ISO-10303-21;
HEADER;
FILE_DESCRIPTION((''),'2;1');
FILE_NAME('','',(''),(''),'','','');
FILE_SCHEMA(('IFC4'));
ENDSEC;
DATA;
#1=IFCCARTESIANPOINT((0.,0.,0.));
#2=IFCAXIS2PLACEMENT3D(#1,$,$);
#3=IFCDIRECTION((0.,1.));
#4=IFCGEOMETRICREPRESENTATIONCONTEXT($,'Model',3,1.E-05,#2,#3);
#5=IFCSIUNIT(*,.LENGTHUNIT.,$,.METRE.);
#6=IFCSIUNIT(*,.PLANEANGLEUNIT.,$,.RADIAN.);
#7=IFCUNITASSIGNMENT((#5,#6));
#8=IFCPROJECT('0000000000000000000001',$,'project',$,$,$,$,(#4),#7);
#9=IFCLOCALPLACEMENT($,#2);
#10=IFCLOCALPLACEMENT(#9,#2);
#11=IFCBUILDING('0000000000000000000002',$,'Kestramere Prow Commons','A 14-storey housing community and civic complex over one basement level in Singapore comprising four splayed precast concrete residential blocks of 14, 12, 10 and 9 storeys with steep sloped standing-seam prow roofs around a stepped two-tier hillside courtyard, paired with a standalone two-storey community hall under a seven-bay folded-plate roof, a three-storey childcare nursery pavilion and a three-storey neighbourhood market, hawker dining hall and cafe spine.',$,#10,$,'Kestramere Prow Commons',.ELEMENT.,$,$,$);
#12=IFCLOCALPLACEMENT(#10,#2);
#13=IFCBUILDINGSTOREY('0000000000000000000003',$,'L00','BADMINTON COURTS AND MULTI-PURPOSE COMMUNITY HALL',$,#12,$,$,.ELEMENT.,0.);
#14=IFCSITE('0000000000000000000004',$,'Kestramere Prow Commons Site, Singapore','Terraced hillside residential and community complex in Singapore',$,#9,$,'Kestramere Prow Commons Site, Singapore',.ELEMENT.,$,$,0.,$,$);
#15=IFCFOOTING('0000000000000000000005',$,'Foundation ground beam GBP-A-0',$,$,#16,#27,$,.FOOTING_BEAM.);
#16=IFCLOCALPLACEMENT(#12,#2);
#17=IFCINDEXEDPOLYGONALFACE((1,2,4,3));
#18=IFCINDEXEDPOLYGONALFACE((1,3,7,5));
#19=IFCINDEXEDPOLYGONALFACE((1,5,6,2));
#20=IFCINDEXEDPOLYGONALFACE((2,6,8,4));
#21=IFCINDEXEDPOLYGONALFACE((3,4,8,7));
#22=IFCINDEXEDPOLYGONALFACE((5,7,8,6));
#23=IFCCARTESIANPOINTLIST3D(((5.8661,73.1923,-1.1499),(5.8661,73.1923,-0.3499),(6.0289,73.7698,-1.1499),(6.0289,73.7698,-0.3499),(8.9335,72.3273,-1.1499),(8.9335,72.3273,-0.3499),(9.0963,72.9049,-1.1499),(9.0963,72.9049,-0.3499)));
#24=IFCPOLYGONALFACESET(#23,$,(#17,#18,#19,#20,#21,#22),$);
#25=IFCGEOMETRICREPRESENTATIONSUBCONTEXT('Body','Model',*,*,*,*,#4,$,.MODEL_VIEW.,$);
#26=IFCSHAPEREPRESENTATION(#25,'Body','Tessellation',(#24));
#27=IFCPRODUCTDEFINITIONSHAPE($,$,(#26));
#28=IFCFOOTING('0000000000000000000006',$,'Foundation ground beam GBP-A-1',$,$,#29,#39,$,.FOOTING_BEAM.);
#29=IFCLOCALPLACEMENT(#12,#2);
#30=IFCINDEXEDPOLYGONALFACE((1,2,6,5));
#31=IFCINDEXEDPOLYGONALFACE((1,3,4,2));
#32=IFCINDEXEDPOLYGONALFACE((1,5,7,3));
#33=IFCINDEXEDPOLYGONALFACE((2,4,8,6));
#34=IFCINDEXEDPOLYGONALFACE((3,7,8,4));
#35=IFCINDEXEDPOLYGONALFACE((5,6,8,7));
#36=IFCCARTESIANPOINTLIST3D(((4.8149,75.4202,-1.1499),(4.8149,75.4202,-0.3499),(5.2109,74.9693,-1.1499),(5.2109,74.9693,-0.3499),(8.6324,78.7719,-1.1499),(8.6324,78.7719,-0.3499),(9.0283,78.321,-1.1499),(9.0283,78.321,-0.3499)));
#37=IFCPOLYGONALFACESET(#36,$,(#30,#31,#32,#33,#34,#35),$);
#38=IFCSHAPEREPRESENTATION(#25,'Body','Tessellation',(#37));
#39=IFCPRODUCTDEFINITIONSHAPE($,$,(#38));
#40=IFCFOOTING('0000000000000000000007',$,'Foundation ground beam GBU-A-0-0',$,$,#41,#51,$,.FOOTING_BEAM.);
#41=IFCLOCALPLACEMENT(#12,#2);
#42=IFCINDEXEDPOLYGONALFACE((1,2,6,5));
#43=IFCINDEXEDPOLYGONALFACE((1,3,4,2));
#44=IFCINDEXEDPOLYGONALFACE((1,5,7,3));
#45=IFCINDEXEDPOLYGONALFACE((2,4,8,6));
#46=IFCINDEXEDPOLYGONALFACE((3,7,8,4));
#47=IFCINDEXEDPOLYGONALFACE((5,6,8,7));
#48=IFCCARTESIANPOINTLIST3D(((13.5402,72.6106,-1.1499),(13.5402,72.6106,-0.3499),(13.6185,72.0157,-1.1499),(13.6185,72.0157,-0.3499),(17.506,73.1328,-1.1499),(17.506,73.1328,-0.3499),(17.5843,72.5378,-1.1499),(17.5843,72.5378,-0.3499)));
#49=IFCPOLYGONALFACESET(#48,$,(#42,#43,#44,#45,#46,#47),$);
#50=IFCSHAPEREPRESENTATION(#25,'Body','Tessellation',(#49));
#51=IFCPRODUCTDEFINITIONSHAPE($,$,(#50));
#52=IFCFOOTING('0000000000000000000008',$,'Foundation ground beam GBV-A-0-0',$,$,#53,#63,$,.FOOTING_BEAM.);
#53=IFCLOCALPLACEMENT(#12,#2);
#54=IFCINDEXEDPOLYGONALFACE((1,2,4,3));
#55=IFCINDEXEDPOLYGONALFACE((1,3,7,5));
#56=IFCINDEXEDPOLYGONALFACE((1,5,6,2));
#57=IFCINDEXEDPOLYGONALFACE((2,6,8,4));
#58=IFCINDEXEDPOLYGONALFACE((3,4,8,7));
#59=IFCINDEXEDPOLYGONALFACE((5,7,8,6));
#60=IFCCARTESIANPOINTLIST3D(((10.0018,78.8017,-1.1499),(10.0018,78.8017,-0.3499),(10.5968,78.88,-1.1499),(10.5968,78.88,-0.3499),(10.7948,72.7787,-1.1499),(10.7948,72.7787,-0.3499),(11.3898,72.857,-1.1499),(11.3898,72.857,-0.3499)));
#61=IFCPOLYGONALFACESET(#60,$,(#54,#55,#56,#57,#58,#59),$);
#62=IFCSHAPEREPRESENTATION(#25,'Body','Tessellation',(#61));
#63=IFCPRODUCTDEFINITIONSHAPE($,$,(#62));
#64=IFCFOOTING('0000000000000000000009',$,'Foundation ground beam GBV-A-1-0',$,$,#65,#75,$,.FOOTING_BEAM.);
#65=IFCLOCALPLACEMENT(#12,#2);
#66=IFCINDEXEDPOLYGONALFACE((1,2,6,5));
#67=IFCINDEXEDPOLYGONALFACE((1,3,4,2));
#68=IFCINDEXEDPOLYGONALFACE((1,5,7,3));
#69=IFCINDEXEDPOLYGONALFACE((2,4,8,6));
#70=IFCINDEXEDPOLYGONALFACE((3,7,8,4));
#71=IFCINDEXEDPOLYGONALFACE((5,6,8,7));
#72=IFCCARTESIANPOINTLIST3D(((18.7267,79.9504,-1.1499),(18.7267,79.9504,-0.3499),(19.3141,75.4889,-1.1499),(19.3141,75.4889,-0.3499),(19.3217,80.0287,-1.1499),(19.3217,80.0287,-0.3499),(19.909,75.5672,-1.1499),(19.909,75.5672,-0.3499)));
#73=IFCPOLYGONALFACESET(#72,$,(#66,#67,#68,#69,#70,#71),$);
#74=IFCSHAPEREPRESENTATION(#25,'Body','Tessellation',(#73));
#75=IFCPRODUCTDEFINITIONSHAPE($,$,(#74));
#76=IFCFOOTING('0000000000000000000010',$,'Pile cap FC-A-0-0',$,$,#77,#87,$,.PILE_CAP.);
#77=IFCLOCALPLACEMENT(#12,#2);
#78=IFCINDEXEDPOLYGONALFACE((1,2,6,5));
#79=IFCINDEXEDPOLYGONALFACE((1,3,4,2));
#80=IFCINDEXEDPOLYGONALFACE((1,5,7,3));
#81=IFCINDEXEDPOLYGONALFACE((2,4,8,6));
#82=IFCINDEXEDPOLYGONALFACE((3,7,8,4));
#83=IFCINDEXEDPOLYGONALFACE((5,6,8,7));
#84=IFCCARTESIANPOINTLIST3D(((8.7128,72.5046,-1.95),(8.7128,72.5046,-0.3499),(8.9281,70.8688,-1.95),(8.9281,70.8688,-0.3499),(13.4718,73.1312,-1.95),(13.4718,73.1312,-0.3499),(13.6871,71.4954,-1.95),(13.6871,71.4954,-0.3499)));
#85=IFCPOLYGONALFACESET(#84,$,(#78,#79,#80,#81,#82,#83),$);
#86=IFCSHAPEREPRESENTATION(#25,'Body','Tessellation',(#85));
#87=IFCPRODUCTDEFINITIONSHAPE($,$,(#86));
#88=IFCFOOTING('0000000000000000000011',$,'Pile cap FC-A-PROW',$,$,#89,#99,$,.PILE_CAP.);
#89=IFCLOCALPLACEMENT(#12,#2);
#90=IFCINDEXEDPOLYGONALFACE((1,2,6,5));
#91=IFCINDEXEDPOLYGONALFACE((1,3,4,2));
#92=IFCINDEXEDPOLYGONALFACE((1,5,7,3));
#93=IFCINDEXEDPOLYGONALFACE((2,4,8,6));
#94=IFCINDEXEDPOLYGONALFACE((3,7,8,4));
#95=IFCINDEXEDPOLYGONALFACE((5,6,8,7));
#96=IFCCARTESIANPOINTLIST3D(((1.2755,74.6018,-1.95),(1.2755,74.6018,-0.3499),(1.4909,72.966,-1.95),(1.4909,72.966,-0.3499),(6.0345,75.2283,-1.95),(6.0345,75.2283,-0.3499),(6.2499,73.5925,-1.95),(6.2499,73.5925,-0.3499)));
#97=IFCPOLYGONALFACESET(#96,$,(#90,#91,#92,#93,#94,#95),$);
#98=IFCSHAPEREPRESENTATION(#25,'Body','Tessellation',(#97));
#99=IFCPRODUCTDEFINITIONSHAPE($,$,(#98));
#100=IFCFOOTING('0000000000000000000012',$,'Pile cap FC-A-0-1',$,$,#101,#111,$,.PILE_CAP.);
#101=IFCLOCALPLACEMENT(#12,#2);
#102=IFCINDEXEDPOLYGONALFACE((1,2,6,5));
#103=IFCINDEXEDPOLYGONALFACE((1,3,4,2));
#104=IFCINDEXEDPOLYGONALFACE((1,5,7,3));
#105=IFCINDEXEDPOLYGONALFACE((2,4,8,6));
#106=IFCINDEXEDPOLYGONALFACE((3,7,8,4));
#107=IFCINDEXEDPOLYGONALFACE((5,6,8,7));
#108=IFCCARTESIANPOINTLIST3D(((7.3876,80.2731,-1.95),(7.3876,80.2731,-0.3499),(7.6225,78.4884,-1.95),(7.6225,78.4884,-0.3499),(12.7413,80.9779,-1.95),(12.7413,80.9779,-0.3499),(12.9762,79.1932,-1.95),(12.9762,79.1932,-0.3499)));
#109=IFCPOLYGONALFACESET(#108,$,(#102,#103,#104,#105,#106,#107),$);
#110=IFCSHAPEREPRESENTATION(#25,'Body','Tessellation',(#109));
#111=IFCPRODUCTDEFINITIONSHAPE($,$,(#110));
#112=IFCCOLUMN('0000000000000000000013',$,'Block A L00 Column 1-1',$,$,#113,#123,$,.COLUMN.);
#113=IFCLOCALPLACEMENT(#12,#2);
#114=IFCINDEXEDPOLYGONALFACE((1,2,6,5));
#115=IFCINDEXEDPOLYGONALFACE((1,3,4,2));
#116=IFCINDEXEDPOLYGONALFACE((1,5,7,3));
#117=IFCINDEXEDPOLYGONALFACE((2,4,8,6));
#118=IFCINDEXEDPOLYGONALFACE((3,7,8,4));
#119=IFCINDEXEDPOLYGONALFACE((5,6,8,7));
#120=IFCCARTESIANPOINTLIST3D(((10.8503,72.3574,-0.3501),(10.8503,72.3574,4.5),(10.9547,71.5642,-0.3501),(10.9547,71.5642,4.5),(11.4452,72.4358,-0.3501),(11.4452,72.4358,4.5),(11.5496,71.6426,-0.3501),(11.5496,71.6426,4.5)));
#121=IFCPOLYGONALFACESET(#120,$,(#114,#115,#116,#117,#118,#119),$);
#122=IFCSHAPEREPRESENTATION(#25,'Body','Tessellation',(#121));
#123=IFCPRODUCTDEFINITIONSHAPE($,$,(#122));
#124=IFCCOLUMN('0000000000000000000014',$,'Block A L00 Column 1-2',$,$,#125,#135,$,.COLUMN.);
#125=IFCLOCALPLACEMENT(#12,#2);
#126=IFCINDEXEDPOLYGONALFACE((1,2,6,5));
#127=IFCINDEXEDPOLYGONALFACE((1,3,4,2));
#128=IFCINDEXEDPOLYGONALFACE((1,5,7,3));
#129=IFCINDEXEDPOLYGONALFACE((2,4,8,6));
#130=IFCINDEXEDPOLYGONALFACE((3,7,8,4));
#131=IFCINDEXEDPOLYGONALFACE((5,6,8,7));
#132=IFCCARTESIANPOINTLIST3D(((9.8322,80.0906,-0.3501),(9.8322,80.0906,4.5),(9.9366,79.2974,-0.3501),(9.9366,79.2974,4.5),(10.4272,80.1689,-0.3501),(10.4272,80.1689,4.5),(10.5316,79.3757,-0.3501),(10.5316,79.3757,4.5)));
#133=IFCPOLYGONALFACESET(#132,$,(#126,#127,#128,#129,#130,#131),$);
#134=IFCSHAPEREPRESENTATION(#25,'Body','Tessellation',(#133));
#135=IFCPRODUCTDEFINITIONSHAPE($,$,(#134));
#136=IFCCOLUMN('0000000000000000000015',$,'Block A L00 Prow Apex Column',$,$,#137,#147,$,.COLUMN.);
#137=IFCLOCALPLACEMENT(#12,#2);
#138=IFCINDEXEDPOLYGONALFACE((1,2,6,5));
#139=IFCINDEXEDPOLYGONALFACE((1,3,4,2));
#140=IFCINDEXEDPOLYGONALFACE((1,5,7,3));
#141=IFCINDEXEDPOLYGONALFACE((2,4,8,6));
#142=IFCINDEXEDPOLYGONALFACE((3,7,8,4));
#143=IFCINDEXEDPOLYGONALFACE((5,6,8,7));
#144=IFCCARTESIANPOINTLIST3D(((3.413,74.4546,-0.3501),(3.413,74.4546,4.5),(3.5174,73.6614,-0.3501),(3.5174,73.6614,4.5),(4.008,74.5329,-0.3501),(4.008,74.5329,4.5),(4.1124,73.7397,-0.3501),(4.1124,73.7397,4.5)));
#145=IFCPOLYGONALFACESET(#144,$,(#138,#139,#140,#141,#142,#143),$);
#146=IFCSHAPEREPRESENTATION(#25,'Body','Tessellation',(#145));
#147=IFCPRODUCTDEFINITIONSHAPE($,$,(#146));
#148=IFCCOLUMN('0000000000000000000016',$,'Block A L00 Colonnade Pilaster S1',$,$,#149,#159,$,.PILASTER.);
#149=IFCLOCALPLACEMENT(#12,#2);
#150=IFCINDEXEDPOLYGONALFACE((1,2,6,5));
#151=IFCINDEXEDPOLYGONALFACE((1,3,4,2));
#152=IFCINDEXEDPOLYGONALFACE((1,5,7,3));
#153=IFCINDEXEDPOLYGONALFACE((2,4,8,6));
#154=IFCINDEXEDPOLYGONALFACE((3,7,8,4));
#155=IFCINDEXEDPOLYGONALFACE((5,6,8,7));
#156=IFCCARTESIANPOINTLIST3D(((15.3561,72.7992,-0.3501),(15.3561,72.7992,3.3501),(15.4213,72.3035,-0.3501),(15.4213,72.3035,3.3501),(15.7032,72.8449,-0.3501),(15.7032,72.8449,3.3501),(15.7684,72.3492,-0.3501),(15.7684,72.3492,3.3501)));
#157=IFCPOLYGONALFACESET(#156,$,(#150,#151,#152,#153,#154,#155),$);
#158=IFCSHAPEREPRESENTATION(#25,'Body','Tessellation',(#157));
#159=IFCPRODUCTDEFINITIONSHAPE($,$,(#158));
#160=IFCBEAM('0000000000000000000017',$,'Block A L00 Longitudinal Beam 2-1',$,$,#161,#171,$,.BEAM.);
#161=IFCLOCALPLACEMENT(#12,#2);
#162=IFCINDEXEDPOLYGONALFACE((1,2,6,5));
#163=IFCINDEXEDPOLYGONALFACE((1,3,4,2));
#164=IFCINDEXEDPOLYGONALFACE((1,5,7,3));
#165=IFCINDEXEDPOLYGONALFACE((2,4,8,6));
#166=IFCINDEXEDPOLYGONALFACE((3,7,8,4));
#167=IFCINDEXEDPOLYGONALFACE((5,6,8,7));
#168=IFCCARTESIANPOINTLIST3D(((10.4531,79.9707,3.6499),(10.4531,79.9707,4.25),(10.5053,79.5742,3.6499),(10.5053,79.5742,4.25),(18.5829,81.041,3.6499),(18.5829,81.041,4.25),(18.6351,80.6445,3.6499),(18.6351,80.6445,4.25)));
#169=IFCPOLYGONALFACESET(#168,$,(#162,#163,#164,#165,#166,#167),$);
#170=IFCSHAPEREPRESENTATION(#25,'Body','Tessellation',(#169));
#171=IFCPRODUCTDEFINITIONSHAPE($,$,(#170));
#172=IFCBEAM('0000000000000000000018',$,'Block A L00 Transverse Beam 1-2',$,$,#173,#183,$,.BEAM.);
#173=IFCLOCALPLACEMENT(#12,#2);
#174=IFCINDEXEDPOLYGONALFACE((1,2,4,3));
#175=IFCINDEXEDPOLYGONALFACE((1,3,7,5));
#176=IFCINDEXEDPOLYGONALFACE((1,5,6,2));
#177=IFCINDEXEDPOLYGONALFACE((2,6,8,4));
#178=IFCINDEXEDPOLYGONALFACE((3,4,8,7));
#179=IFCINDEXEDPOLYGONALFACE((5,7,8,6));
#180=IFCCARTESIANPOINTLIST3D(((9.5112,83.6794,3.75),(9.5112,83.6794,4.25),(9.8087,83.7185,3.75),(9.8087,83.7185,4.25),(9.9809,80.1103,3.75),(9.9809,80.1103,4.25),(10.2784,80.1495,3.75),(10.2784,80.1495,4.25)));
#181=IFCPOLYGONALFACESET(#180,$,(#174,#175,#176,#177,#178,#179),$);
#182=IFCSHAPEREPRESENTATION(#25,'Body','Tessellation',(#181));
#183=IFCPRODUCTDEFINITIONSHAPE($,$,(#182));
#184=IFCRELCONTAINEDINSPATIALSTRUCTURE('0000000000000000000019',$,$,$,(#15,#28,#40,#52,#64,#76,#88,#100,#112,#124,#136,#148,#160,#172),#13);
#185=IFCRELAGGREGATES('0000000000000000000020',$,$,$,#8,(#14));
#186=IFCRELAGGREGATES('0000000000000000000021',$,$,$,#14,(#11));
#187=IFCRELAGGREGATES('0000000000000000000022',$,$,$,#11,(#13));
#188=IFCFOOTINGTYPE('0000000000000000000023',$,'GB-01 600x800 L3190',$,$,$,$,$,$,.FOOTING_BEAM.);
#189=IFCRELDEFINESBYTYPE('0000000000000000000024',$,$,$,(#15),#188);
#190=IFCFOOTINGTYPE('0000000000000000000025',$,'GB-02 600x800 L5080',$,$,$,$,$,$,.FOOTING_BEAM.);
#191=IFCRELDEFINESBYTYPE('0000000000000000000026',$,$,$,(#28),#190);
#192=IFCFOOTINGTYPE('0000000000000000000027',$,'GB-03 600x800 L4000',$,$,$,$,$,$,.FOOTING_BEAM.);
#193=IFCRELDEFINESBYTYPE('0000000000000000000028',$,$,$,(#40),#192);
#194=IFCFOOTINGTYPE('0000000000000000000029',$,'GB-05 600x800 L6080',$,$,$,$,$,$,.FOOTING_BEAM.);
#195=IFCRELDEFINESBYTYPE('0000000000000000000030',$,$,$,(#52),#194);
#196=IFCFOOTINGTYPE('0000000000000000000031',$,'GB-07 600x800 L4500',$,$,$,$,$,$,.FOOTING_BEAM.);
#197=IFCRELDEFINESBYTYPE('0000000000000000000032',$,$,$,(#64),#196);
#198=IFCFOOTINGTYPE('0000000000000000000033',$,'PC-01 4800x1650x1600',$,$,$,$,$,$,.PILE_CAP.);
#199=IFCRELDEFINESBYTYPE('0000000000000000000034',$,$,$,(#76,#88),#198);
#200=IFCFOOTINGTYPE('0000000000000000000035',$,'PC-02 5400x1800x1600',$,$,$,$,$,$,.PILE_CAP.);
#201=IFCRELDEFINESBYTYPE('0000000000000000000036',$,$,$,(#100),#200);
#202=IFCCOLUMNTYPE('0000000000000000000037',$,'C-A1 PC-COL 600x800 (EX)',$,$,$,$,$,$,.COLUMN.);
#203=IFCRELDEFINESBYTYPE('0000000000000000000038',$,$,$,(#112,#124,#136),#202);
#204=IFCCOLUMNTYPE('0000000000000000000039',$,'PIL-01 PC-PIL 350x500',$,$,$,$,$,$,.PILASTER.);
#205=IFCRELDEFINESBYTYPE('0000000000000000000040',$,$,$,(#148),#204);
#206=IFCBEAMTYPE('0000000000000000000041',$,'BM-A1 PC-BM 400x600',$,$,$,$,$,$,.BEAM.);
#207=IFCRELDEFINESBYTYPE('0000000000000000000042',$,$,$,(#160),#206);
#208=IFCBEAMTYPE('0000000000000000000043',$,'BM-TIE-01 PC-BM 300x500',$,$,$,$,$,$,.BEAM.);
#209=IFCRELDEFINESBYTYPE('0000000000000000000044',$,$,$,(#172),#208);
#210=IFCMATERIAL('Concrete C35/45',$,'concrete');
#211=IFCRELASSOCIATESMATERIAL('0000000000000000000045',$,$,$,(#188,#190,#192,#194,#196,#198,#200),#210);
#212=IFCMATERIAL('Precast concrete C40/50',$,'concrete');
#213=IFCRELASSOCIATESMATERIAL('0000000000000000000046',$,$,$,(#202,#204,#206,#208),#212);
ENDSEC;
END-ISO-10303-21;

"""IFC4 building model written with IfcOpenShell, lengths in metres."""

from ifc_helpers import new_model, si_unit, direction, frame, origin, origin_2d, place, context, subcontext, project, spatial, rectangle, extrude, material, material_profile, profile_set, type_object, element, save


model = new_model("IFC4")

# Units and contexts
model_context = context("Model", 3, precision=1e-05, world=origin(), true_north=direction((0.0, 1.0)))
body_context = subcontext(model_context, "Body", "Model", "MODEL_VIEW")
ifc_project = project(units=[si_unit("LENGTHUNIT", "METRE"), si_unit("PLANEANGLEUNIT", "RADIAN")], contexts=[model_context])

# Site, building, storey
site_placement = place(None, origin())
site = spatial("IfcSite", under=ifc_project, at=site_placement, Name="Kestramere Prow Commons Site, Singapore", Description="Terraced hillside residential and community complex in Singapore", LongName="Kestramere Prow Commons Site, Singapore", CompositionType="ELEMENT", RefElevation=0.0)
building_placement = place(site_placement, origin())
building = spatial("IfcBuilding", under=site, at=building_placement, Name="Kestramere Prow Commons", Description="A 14-storey housing community and civic complex over one basement level in Singapore comprising four splayed precast concrete residential blocks of 14, 12, 10 and 9 storeys with steep sloped standing-seam prow roofs around a stepped two-tier hillside courtyard, paired with a standalone two-storey community hall under a seven-bay folded-plate roof, a three-storey childcare nursery pavilion and a three-storey neighbourhood market, hawker dining hall and cafe spine.", LongName="Kestramere Prow Commons", CompositionType="ELEMENT")
storey_placement = place(building_placement, origin())
storey = spatial("IfcBuildingStorey", under=building, at=storey_placement, Name="L00", Description="BADMINTON COURTS AND MULTI-PURPOSE COMMUNITY HALL", CompositionType="ELEMENT", Elevation=0.0)

# Shared definitions
ifc_material_1 = material(Name="Concrete C35/45", Category="concrete")

# Footings
footing_type_1 = type_object("IfcFootingType", Name="GB-01 600x800 L3190", PredefinedType="FOOTING_BEAM", material=ifc_material_1)
footing_1_placement = place(storey_placement, frame((7.4812, 73.0486, -1.1499), z_axis=(0.0, 0.0, 1.0), x_axis=(0.962468, -0.271395, 0.0)))
element("IfcFooting", 1, at=footing_1_placement, inside=storey, type_object=footing_type_1, Name="Foundation ground beam GBP-A-0", PredefinedType="FOOTING_BEAM", context=body_context, shape_type="SweptSolid", body=[
    extrude(rectangle(XDim=3.187, YDim=0.6001, at=origin_2d()), origin(), (0.0, 0.0, 1.0), 0.8),
])
footing_type_2 = type_object("IfcFootingType", Name="GB-02 600x800 L5080", PredefinedType="FOOTING_BEAM", material=ifc_material_1)
footing_2_placement = place(storey_placement, frame((6.9216, 76.8706, -1.1499), z_axis=(0.0, 0.0, 1.0), x_axis=(0.751459, 0.65978, 0.0)))
element("IfcFooting", 2, at=footing_2_placement, inside=storey, type_object=footing_type_2, Name="Foundation ground beam GBP-A-1", PredefinedType="FOOTING_BEAM", context=body_context, shape_type="SweptSolid", body=[
    extrude(rectangle(XDim=5.0801, YDim=0.6001, at=origin_2d()), origin(), (0.0, 0.0, 1.0), 0.8),
])
footing_type_3 = type_object("IfcFootingType", Name="GB-03 600x800 L4000", PredefinedType="FOOTING_BEAM", material=ifc_material_1)
footing_3_placement = place(storey_placement, frame((15.5623, 72.5742, -1.1499), z_axis=(0.0, 0.0, 1.0), x_axis=(0.991445, 0.130526, 0.0)))
element("IfcFooting", 3, at=footing_3_placement, inside=storey, type_object=footing_type_3, Name="Foundation ground beam GBU-A-0-0", PredefinedType="FOOTING_BEAM", context=body_context, shape_type="SweptSolid", body=[
    extrude(rectangle(XDim=4.0, YDim=0.6001, at=origin_2d()), origin(), (0.0, 0.0, 1.0), 0.8),
])
footing_type_4 = type_object("IfcFootingType", Name="GB-05 600x800 L6080", PredefinedType="FOOTING_BEAM", material=ifc_material_1)
footing_4_placement = place(storey_placement, frame((10.6958, 75.8293, -1.1499), z_axis=(0.0, 0.0, 1.0), x_axis=(-0.130526, 0.991445, 0.0)))
element("IfcFooting", 4, at=footing_4_placement, inside=storey, type_object=footing_type_4, Name="Foundation ground beam GBV-A-0-0", PredefinedType="FOOTING_BEAM", context=body_context, shape_type="SweptSolid", body=[
    extrude(rectangle(XDim=6.075, YDim=0.6001, at=origin_2d()), origin(), (0.0, 0.0, 1.0), 0.8),
])
footing_type_5 = type_object("IfcFootingType", Name="GB-07 600x800 L4500", PredefinedType="FOOTING_BEAM", material=ifc_material_1)
footing_5_placement = place(storey_placement, frame((19.3179, 77.7588, -1.1499), z_axis=(0.0, 0.0, 1.0), x_axis=(-0.130526, 0.991445, 0.0)))
element("IfcFooting", 5, at=footing_5_placement, inside=storey, type_object=footing_type_5, Name="Foundation ground beam GBV-A-1-0", PredefinedType="FOOTING_BEAM", context=body_context, shape_type="SweptSolid", body=[
    extrude(rectangle(XDim=4.5, YDim=0.6001, at=origin_2d()), origin(), (0.0, 0.0, 1.0), 0.8),
])
footing_type_6 = type_object("IfcFootingType", Name="PC-01 4800x1650x1600", PredefinedType="PILE_CAP", material=ifc_material_1)
for number, where, z_axis, x_axis, name in (
    (6, (11.2, 72.0, -1.95), (0.0, 0.0, 1.0), (0.991445, 0.130526, 0.0), "Pile cap FC-A-0-0"),
    (7, (3.7627, 74.0972, -1.95), (0.0, 0.0, 1.0), (0.991445, 0.130526, 0.0), "Pile cap FC-A-PROW"),
):
    element("IfcFooting", number, at=place(storey_placement, frame(where, z_axis=z_axis, x_axis=x_axis)), inside=storey, type_object=footing_type_6, Name=name, PredefinedType="PILE_CAP", context=body_context, shape_type="SweptSolid", body=[
        extrude(rectangle(XDim=4.8, YDim=1.6499, at=origin_2d()), origin(), (0.0, 0.0, 1.0), 1.6001),
    ])
footing_type_7 = type_object("IfcFootingType", Name="PC-02 5400x1800x1600", PredefinedType="PILE_CAP", material=ifc_material_1)
footing_6_placement = place(storey_placement, frame((10.1819, 79.7332, -1.95), z_axis=(0.0, 0.0, 1.0), x_axis=(0.991445, 0.130526, 0.0)))
element("IfcFooting", 8, at=footing_6_placement, inside=storey, type_object=footing_type_7, Name="Pile cap FC-A-0-1", PredefinedType="PILE_CAP", context=body_context, shape_type="SweptSolid", body=[
    extrude(rectangle(XDim=5.3999, YDim=1.8, at=origin_2d()), origin(), (0.0, 0.0, 1.0), 1.6001),
])

# Columns
ifc_material_2 = material(Name="Precast concrete C40/50", Category="concrete")
ifc_material_profile_1 = material_profile(ifc_material_2, rectangle(XDim=0.6001, YDim=0.8, at=origin_2d()), Name="PC-COL 600x800")
ifc_profile_set_1 = profile_set([ifc_material_profile_1], Name="Precast concrete C40/50")
column_type_1 = type_object("IfcColumnType", Name="C-A1 PC-COL 600x800 (EX)", PredefinedType="COLUMN", material=ifc_profile_set_1)
for number, where, z_axis, x_axis, name in (
    (9, (11.2, 72.0, -0.3501), (0.0, 0.0, 1.0), (0.991445, 0.130526, 0.0), "Block A L00 Column 1-1"),
    (10, (10.1819, 79.7332, -0.3501), (0.0, 0.0, 1.0), (0.991445, 0.130526, 0.0), "Block A L00 Column 1-2"),
    (11, (3.7627, 74.0972, -0.3501), (0.0, 0.0, 1.0), (0.991445, 0.130526, 0.0), "Block A L00 Prow Apex Column"),
):
    element("IfcColumn", number, at=place(storey_placement, frame(where, z_axis=z_axis, x_axis=x_axis)), inside=storey, type_object=column_type_1, Name=name, PredefinedType="COLUMN", context=body_context, shape_type="SweptSolid", body=[
        extrude(rectangle(XDim=0.6001, YDim=0.8, at=origin_2d()), origin(), (0.0, 0.0, 1.0), 4.8501),
    ])
ifc_material_profile_2 = material_profile(ifc_material_2, rectangle(XDim=0.3501, YDim=0.5, at=origin_2d()), Name="PC-PIL 350x500")
ifc_profile_set_2 = profile_set([ifc_material_profile_2], Name="Precast concrete C40/50")
column_type_2 = type_object("IfcColumnType", Name="PIL-01 PC-PIL 350x500", PredefinedType="PILASTER", material=ifc_profile_set_2)
column_placement = place(storey_placement, frame((15.5623, 72.5742, -0.3501), z_axis=(0.0, 0.0, 1.0), x_axis=(0.991445, 0.130526, 0.0)))
element("IfcColumn", 12, at=column_placement, inside=storey, type_object=column_type_2, Name="Block A L00 Colonnade Pilaster S1", PredefinedType="PILASTER", context=body_context, shape_type="SweptSolid", body=[
    extrude(rectangle(XDim=0.3501, YDim=0.5, at=origin_2d()), origin(), (0.0, 0.0, 1.0), 3.7002),
])

# Beams
ifc_material_profile_3 = material_profile(ifc_material_2, rectangle(XDim=0.3999, YDim=0.6001, at=origin_2d()), Name="PC-BM 400x600")
ifc_profile_set_3 = profile_set([ifc_material_profile_3], Name="Precast concrete C40/50")
beam_type_1 = type_object("IfcBeamType", Name="BM-A1 PC-BM 400x600", PredefinedType="BEAM", material=ifc_profile_set_3)
beam_1_placement = place(storey_placement, frame((10.4792, 79.7725, 3.95), z_axis=(0.991445, 0.130525, 0.0), x_axis=(-0.130525, 0.991445, 0.0)))
element("IfcBeam", 13, at=beam_1_placement, inside=storey, type_object=beam_type_1, Name="Block A L00 Longitudinal Beam 2-1", PredefinedType="BEAM", context=body_context, shape_type="SweptSolid", body=[
    extrude(rectangle(XDim=0.3999, YDim=0.6001, at=origin_2d()), origin(), (0.0, 0.0, 1.0), 8.2),
])
ifc_material_profile_4 = material_profile(ifc_material_2, rectangle(XDim=0.3, YDim=0.5, at=origin_2d()), Name="PC-BM 300x500")
ifc_profile_set_4 = profile_set([ifc_material_profile_4], Name="Precast concrete C40/50")
beam_type_2 = type_object("IfcBeamType", Name="BM-TIE-01 PC-BM 300x500", PredefinedType="BEAM", material=ifc_profile_set_4)
beam_2_placement = place(storey_placement, frame((10.1296, 80.1299, 4.0), z_axis=(-0.130484, 0.99145, 0.0), x_axis=(-0.99145, -0.130484, 0.0)))
element("IfcBeam", 14, at=beam_2_placement, inside=storey, type_object=beam_type_2, Name="Block A L00 Transverse Beam 1-2", PredefinedType="BEAM", context=body_context, shape_type="SweptSolid", body=[
    extrude(rectangle(XDim=0.3, YDim=0.5, at=origin_2d()), origin(), (0.0, 0.0, 1.0), 3.5999),
])

save(model, "model.ifc")
